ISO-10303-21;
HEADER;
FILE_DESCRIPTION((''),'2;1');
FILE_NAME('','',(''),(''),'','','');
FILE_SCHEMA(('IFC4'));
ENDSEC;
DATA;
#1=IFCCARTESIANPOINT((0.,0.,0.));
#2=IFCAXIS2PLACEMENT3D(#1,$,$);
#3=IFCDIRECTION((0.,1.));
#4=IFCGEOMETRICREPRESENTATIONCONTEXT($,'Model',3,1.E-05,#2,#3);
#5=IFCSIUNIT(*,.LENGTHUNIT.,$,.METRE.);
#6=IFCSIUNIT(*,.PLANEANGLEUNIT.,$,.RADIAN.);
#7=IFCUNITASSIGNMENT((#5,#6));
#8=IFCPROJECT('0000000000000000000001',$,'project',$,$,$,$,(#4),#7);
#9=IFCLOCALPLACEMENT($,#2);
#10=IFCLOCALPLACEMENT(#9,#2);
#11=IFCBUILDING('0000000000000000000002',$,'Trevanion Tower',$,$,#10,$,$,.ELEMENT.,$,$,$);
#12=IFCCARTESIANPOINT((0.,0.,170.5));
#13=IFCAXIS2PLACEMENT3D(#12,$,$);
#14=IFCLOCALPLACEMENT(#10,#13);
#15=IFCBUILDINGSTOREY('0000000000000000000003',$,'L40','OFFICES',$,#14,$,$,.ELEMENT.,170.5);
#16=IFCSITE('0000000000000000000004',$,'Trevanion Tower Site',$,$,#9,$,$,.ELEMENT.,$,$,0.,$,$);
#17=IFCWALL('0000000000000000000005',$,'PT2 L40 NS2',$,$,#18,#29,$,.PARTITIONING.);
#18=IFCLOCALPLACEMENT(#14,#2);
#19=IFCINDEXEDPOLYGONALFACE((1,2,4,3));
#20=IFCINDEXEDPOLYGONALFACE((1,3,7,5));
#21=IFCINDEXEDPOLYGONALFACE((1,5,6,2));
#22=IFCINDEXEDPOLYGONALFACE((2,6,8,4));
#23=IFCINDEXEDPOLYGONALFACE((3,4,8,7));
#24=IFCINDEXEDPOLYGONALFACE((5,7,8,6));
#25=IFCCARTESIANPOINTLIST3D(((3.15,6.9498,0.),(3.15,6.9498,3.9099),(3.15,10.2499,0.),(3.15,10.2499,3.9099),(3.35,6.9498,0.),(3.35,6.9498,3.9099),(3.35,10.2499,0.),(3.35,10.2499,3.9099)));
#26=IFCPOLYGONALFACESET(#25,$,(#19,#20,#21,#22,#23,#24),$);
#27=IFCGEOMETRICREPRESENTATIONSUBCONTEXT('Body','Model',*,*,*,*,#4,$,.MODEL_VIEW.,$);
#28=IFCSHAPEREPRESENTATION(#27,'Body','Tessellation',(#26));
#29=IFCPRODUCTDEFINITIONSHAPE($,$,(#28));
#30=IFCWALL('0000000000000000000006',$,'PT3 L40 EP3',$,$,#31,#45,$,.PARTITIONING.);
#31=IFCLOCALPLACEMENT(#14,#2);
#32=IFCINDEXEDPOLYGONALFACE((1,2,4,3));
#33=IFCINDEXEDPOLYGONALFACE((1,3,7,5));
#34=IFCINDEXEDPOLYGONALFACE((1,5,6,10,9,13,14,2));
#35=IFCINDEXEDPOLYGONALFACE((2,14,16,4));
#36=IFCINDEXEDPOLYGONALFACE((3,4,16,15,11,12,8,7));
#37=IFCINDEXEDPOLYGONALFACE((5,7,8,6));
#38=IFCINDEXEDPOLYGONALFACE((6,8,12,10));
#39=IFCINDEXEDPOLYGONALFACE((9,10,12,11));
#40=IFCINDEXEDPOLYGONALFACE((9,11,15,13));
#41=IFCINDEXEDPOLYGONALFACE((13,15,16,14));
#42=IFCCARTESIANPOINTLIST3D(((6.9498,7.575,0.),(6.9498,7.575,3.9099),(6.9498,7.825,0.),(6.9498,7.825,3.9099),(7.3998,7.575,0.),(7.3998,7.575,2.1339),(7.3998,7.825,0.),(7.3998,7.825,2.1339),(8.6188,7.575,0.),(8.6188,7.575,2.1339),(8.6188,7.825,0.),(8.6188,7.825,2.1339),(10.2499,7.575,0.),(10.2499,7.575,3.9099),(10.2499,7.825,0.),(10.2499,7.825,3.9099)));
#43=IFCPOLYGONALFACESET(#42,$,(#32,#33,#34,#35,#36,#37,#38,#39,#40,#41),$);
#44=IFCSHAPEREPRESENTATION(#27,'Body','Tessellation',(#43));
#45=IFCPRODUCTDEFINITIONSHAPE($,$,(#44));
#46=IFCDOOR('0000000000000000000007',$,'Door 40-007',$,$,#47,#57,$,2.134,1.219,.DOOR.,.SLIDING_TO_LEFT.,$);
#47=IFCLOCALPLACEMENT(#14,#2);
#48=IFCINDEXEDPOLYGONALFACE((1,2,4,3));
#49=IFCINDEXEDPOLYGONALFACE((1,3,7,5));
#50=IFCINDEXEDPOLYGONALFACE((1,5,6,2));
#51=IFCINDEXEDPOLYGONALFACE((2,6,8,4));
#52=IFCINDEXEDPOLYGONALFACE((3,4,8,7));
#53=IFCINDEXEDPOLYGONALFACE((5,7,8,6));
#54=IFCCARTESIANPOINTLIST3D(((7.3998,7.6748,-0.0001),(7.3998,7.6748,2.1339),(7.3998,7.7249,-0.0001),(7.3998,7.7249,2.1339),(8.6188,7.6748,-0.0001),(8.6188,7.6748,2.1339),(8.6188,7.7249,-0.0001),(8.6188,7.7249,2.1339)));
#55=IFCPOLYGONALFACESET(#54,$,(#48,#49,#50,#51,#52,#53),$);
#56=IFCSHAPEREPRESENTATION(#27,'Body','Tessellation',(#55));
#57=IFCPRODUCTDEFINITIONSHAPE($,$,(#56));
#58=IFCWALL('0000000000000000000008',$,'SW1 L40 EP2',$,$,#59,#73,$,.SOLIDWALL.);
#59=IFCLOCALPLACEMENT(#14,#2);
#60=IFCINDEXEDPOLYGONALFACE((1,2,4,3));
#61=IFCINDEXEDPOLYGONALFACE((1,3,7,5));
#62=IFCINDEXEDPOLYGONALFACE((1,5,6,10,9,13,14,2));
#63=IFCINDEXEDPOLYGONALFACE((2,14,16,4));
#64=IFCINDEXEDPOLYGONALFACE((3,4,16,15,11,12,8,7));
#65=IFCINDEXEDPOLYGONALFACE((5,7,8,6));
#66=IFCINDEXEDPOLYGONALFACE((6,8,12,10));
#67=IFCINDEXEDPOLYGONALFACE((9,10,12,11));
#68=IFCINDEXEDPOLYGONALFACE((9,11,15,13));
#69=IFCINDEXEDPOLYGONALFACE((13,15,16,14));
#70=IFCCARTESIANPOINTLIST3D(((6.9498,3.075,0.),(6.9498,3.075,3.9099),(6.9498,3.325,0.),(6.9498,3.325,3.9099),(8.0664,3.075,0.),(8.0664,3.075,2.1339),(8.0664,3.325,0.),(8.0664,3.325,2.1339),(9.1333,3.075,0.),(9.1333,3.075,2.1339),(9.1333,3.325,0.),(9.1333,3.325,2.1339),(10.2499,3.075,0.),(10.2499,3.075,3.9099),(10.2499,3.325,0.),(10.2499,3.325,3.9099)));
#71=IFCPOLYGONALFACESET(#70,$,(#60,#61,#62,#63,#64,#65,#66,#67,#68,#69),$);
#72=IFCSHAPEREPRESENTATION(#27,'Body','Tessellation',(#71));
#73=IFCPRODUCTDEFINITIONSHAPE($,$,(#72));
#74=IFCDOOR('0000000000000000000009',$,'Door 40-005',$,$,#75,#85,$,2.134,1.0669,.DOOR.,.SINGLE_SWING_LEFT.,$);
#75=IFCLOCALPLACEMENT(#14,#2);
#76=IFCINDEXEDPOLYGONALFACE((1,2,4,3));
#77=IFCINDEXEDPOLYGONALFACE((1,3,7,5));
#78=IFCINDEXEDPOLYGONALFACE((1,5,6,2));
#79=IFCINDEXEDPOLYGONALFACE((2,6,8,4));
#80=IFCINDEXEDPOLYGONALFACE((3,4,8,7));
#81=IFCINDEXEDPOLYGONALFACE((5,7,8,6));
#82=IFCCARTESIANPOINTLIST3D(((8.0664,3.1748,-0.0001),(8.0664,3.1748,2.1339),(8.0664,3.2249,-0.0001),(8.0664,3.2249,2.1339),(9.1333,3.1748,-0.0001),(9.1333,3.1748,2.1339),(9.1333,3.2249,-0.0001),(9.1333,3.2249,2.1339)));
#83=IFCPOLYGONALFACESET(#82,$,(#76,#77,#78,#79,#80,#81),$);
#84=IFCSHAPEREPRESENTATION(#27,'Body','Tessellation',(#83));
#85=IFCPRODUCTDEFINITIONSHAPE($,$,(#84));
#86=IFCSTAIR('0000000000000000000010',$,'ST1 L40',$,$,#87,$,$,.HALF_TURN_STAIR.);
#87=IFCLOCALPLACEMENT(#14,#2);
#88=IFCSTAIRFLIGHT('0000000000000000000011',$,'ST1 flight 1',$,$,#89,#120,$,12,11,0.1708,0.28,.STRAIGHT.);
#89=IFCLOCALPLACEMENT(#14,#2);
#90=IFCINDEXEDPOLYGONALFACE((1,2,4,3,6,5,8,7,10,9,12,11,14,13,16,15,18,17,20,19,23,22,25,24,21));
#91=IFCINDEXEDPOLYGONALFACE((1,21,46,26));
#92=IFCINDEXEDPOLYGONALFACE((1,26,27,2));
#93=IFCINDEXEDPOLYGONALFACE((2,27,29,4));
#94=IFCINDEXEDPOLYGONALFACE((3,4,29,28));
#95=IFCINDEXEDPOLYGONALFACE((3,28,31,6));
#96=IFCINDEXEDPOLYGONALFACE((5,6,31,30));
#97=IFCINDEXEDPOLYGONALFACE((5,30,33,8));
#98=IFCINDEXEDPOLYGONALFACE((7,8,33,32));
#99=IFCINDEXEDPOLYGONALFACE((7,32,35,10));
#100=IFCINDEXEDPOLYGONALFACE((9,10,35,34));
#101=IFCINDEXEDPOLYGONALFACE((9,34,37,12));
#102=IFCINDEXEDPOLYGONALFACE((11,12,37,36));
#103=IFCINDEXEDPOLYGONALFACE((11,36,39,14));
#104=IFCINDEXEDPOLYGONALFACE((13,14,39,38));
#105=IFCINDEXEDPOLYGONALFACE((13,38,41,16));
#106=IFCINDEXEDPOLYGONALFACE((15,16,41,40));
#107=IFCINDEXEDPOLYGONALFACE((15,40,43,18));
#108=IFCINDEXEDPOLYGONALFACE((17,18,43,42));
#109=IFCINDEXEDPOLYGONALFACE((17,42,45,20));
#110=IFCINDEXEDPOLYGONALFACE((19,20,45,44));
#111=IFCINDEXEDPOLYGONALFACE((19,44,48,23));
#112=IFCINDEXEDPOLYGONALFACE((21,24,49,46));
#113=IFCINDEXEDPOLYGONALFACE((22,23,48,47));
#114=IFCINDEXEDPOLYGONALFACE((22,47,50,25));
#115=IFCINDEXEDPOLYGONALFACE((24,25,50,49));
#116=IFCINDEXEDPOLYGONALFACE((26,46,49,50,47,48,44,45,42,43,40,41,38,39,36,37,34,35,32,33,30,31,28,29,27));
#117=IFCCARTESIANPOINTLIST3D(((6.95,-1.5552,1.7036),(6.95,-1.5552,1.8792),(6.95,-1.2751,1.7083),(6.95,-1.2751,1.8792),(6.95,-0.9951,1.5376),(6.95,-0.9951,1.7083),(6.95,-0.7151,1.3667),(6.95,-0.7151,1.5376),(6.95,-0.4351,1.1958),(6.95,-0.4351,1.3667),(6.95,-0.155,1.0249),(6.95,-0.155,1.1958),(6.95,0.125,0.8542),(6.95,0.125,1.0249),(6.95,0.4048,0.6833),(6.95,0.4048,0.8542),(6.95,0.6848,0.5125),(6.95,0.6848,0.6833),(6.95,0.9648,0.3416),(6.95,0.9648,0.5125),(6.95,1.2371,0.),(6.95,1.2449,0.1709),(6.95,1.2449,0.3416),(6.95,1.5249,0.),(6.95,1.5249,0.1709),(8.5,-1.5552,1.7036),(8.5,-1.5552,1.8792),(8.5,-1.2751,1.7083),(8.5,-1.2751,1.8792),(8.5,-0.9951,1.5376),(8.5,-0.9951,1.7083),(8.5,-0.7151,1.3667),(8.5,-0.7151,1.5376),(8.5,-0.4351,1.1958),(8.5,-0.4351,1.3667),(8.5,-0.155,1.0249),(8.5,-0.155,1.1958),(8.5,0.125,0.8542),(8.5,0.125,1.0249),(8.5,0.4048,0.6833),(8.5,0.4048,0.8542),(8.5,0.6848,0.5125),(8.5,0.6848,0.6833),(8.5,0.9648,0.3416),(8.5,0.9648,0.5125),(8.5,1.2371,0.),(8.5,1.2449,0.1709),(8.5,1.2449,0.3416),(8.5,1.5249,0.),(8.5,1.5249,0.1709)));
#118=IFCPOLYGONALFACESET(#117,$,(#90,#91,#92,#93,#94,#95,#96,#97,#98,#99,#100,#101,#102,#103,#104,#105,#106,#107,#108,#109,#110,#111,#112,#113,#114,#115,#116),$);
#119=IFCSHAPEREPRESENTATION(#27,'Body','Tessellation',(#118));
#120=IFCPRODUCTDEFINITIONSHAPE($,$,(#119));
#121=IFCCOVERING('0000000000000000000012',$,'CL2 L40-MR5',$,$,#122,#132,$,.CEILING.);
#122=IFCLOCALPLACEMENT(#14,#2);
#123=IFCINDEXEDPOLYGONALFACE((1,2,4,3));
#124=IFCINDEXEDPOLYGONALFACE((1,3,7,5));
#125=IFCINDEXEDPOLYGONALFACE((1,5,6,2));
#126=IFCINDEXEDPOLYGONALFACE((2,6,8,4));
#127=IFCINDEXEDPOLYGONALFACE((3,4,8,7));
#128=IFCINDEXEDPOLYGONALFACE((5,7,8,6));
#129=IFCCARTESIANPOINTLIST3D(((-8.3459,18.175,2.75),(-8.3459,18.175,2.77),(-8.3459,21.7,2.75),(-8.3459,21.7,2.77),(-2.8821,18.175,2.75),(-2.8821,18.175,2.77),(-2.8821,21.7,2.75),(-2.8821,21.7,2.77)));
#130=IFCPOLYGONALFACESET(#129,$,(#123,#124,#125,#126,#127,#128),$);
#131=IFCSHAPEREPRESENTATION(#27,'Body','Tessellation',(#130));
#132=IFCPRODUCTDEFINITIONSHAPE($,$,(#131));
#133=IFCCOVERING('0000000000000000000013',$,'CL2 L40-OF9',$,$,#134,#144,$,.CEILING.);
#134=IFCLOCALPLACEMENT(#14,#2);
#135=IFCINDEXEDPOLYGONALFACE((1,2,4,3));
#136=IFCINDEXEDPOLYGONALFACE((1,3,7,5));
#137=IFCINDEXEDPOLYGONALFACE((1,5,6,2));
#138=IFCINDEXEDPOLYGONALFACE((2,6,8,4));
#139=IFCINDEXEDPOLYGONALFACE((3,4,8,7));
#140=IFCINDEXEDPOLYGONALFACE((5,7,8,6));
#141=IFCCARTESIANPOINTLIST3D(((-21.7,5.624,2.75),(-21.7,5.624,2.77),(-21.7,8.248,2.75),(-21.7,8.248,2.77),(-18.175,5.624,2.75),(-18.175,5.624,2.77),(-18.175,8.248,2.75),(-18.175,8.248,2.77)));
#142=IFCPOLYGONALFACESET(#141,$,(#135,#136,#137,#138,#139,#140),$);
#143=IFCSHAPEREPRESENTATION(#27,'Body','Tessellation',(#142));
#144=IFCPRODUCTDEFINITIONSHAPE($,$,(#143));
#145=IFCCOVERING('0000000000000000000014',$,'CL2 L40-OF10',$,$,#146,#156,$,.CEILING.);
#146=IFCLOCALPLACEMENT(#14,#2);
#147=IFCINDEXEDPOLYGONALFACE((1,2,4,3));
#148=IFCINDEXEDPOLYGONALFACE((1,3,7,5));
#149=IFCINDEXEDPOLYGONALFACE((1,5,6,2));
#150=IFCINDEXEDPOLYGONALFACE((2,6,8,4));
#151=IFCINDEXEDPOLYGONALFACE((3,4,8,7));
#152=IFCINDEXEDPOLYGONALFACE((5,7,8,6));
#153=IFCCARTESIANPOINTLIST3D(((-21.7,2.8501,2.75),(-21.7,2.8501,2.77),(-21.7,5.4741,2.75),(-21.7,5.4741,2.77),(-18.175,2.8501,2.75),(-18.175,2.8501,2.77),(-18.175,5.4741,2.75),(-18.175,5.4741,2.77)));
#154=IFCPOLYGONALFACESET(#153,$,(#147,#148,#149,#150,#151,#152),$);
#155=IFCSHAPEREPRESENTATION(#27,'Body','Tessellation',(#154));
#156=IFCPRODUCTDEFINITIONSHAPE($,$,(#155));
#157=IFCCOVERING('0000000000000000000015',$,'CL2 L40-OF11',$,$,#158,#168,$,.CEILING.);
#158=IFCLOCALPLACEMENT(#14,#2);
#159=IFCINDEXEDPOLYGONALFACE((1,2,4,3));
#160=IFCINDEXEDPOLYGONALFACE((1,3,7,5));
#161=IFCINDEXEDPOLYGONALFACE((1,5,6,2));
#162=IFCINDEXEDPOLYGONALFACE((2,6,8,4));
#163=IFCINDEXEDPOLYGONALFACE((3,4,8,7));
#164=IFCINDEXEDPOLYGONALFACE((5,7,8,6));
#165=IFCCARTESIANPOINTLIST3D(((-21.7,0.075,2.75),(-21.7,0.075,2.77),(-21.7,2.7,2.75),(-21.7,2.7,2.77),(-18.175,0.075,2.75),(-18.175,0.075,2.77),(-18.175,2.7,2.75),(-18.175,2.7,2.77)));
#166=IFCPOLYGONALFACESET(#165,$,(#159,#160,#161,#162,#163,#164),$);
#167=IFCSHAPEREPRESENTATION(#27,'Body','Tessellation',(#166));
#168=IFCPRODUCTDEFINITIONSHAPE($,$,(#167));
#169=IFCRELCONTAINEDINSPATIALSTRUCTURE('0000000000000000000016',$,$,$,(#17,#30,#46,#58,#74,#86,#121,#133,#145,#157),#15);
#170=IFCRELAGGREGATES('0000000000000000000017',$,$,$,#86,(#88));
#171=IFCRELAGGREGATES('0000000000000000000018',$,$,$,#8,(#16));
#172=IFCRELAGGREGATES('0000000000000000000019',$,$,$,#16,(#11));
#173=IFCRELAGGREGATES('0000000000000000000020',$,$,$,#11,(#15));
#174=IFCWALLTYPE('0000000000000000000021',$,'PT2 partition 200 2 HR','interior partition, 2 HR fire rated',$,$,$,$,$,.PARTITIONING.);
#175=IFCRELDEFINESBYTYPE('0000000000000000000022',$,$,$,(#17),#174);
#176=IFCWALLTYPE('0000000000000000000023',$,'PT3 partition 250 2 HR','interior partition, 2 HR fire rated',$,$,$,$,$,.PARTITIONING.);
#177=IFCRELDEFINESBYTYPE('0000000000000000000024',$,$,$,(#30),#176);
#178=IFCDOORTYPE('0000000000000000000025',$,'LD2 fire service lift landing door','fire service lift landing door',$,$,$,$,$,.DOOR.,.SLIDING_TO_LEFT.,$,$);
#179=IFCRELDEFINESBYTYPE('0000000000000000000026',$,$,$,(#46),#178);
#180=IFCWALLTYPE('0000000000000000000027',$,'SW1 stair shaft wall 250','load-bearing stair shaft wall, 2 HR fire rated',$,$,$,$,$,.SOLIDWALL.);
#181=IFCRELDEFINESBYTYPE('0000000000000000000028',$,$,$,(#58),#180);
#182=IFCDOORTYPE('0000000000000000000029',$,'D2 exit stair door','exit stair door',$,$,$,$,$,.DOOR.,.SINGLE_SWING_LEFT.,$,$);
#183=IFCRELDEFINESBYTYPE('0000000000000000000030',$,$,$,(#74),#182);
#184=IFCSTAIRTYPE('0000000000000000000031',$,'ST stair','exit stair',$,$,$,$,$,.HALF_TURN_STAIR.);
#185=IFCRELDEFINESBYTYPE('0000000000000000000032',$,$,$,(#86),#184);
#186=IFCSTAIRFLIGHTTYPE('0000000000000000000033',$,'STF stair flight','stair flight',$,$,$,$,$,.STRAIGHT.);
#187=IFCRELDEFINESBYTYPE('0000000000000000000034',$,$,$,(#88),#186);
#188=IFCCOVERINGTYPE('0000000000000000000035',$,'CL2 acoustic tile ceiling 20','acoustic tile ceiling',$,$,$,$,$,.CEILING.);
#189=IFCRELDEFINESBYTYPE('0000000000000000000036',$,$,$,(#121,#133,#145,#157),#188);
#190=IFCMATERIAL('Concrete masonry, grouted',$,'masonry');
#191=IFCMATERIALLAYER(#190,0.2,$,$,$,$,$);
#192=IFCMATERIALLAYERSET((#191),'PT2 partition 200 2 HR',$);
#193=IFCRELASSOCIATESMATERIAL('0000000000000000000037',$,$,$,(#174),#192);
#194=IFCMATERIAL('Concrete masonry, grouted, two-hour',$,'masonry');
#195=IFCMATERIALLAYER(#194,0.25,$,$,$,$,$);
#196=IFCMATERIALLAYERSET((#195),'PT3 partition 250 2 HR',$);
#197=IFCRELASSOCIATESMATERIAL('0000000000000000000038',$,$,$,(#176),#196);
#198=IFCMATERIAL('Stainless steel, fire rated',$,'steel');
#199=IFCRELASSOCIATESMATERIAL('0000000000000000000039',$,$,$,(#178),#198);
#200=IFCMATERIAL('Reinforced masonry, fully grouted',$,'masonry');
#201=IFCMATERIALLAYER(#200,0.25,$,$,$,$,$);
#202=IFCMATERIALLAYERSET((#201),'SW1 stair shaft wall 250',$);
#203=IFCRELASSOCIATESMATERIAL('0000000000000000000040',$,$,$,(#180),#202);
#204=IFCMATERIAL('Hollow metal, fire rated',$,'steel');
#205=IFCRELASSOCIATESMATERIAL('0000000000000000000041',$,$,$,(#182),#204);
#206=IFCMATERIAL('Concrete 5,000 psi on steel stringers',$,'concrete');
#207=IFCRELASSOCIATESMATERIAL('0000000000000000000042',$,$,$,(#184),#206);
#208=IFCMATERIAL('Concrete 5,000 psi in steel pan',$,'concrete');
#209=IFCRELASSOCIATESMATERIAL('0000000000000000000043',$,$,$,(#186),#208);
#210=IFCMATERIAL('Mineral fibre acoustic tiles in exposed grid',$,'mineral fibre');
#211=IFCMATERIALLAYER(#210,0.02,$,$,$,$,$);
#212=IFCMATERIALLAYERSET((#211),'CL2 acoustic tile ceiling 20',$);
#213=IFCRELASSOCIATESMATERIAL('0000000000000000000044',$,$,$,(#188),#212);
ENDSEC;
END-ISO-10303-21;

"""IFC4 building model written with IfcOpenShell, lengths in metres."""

from ifc_helpers import new_model, si_unit, direction, frame, frame_2d, origin, place, context, subcontext, project, spatial, polyline, rectangle, outline, extrude, material, layer, layer_set, type_object, element, fill, aggregate, save


model = new_model("IFC4")

# Units and contexts
model_context = context("Model", 3, precision=1e-05, world=origin(), true_north=direction((0.0, 1.0)))
body_context = subcontext(model_context, "Body", "Model", "MODEL_VIEW")
ifc_project = project(units=[si_unit("LENGTHUNIT", "METRE"), si_unit("PLANEANGLEUNIT", "RADIAN")], contexts=[model_context])

# Site, building, storey
site_placement = place(None, origin())
site = spatial("IfcSite", under=ifc_project, at=site_placement, Name="Trevanion Tower Site", CompositionType="ELEMENT", RefElevation=0.0)
building_placement = place(site_placement, origin())
building = spatial("IfcBuilding", under=site, at=building_placement, Name="Trevanion Tower", CompositionType="ELEMENT")
storey_placement = place(building_placement, frame((0.0, 0.0, 170.5)))
storey = spatial("IfcBuildingStorey", under=building, at=storey_placement, Name="L40", Description="OFFICES", CompositionType="ELEMENT", Elevation=170.5)

# Wall
ifc_material_1 = material(Name="Concrete masonry, grouted", Category="masonry")
ifc_layer_1 = layer(ifc_material_1, 0.2)
ifc_layer_set_1 = layer_set([ifc_layer_1], Name="PT2 partition 200 2 HR")
wall_type_1 = type_object("IfcWallType", Name="PT2 partition 200 2 HR", Description="interior partition, 2 HR fire rated", PredefinedType="PARTITIONING", material=ifc_layer_set_1)
wall_1_placement = place(storey_placement, frame((3.25, 6.95, 0.0), z_axis=(0.0, 0.0, 1.0), x_axis=(0.0, 1.0, 0.0)))
element("IfcWall", 1, at=wall_1_placement, inside=storey, type_object=wall_type_1, Name="PT2 L40 NS2", PredefinedType="PARTITIONING", context=body_context, shape_type="SweptSolid", body=[
    extrude(rectangle(XDim=3.3, YDim=0.2, at=frame_2d((1.6499, 0.0))), origin(), (0.0, 0.0, 1.0), 3.9099),
])

# Walls, openings, doors
ifc_material_2 = material(Name="Concrete masonry, grouted, two-hour", Category="masonry")
ifc_layer_2 = layer(ifc_material_2, 0.25)
ifc_layer_set_2 = layer_set([ifc_layer_2], Name="PT3 partition 250 2 HR")
wall_type_2 = type_object("IfcWallType", Name="PT3 partition 250 2 HR", Description="interior partition, 2 HR fire rated", PredefinedType="PARTITIONING", material=ifc_layer_set_2)
wall_2_placement = place(storey_placement, frame((6.95, 7.7, 0.0), z_axis=(0.0, 0.0, 1.0), x_axis=(1.0, 0.0, 0.0)))
wall_2 = element("IfcWall", 2, at=wall_2_placement, inside=storey, type_object=wall_type_2, Name="PT3 L40 EP3", PredefinedType="PARTITIONING", context=body_context, shape_type="SweptSolid", body=[
    extrude(rectangle(XDim=3.3, YDim=0.25, at=frame_2d((1.6499, 0.0))), origin(), (0.0, 0.0, 1.0), 3.9099),
])
opening_1_placement = place(wall_2_placement, frame((0.45, 0.0, 0.0)))
opening_1 = element("IfcOpeningElement", 3, at=opening_1_placement, cuts=wall_2, PredefinedType="OPENING", context=body_context, shape_type="SweptSolid", body=[
    extrude(rectangle(XDim=1.219, YDim=2.134, at=frame_2d((0.6094, 1.0669))), frame((0.0, 0.135, 0.0), z_axis=(0.0, -1.0, 0.0), x_axis=(1.0, 0.0, 0.0)), (0.0, 0.0, 1.0), 0.27),
])
ifc_material_3 = material(Name="Stainless steel, fire rated", Category="steel")
door_type_1 = type_object("IfcDoorType", Name="LD2 fire service lift landing door", Description="fire service lift landing door", OperationType="SLIDING_TO_LEFT", PredefinedType="DOOR", material=ifc_material_3)
door_1_placement = place(opening_1_placement, origin())
door_1 = element("IfcDoor", 4, at=door_1_placement, inside=storey, type_object=door_type_1, Name="Door 40-007", OperationType="SLIDING_TO_LEFT", OverallHeight=2.134, OverallWidth=1.219, PredefinedType="DOOR", context=body_context, shape_type="SweptSolid", body=[
    extrude(rectangle(XDim=1.219, YDim=2.134, at=frame_2d((0.6094, 1.0669))), frame((0.0, 0.0249, 0.0), z_axis=(0.0, -1.0, 0.0), x_axis=(1.0, 0.0, 0.0)), (0.0, 0.0, 1.0), 0.05),
])
fill(opening_1, door_1)
ifc_material_4 = material(Name="Reinforced masonry, fully grouted", Category="masonry")
ifc_layer_3 = layer(ifc_material_4, 0.25)
ifc_layer_set_3 = layer_set([ifc_layer_3], Name="SW1 stair shaft wall 250")
wall_type_3 = type_object("IfcWallType", Name="SW1 stair shaft wall 250", Description="load-bearing stair shaft wall, 2 HR fire rated", PredefinedType="SOLIDWALL", material=ifc_layer_set_3)
wall_3_placement = place(storey_placement, frame((6.95, 3.2, 0.0), z_axis=(0.0, 0.0, 1.0), x_axis=(1.0, 0.0, 0.0)))
wall_3 = element("IfcWall", 5, at=wall_3_placement, inside=storey, type_object=wall_type_3, Name="SW1 L40 EP2", PredefinedType="SOLIDWALL", context=body_context, shape_type="SweptSolid", body=[
    extrude(rectangle(XDim=3.3, YDim=0.25, at=frame_2d((1.6499, 0.0))), origin(), (0.0, 0.0, 1.0), 3.9099),
])
opening_2_placement = place(wall_3_placement, frame((1.1165, 0.0, 0.0)))
opening_2 = element("IfcOpeningElement", 6, at=opening_2_placement, cuts=wall_3, PredefinedType="OPENING", context=body_context, shape_type="SweptSolid", body=[
    extrude(rectangle(XDim=1.0669, YDim=2.134, at=frame_2d((0.5334, 1.0669))), frame((0.0, 0.135, 0.0), z_axis=(0.0, -1.0, 0.0), x_axis=(1.0, 0.0, 0.0)), (0.0, 0.0, 1.0), 0.27),
])
ifc_material_5 = material(Name="Hollow metal, fire rated", Category="steel")
door_type_2 = type_object("IfcDoorType", Name="D2 exit stair door", Description="exit stair door", OperationType="SINGLE_SWING_LEFT", PredefinedType="DOOR", material=ifc_material_5)
door_2_placement = place(opening_2_placement, origin())
door_2 = element("IfcDoor", 7, at=door_2_placement, inside=storey, type_object=door_type_2, Name="Door 40-005", OperationType="SINGLE_SWING_LEFT", OverallHeight=2.134, OverallWidth=1.0669, PredefinedType="DOOR", context=body_context, shape_type="SweptSolid", body=[
    extrude(rectangle(XDim=1.0669, YDim=2.134, at=frame_2d((0.5334, 1.0669))), frame((0.0, 0.0249, 0.0), z_axis=(0.0, -1.0, 0.0), x_axis=(1.0, 0.0, 0.0)), (0.0, 0.0, 1.0), 0.05),
])
fill(opening_2, door_2)

# Stair, stair flight
ifc_material_6 = material(Name="Concrete 5,000 psi on steel stringers", Category="concrete")
stair_type = type_object("IfcStairType", Name="ST stair", Description="exit stair", PredefinedType="HALF_TURN_STAIR", material=ifc_material_6)
stair_placement = place(storey_placement, origin())
stair = element("IfcStair", 8, at=stair_placement, inside=storey, type_object=stair_type, Name="ST1 L40", PredefinedType="HALF_TURN_STAIR")
ifc_material_7 = material(Name="Concrete 5,000 psi in steel pan", Category="concrete")
stair_flight_type = type_object("IfcStairFlightType", Name="STF stair flight", Description="stair flight", PredefinedType="STRAIGHT", material=ifc_material_7)
stair_flight_placement = place(storey_placement, frame((7.7251, 1.5249, 0.0), z_axis=(0.0, 0.0, 1.0), x_axis=(0.0, -1.0, 0.0)))
stair_flight = element("IfcStairFlight", 9, at=stair_flight_placement, type_object=stair_flight_type, Name="ST1 flight 1", NumberOfRisers=12, NumberOfTreads=11, PredefinedType="STRAIGHT", RiserHeight=0.1708, TreadLength=0.28, context=body_context, shape_type="SweptSolid", body=[
    extrude(outline(polyline([(0.0, 0.0), (0.0, 0.1709), (0.28, 0.1709), (0.28, 0.3416), (0.5601, 0.3416), (0.5601, 0.5125), (0.8401, 0.5125), (0.8401, 0.6833), (1.1201, 0.6833), (1.1201, 0.8542), (1.3999, 0.8542), (1.3999, 1.0249), (1.6799, 1.0249), (1.6799, 1.1958), (1.96, 1.1958), (1.96, 1.3667), (2.24, 1.3667), (2.24, 1.5376), (2.52, 1.5376), (2.52, 1.7083), (2.8, 1.7083), (2.8, 1.8792), (3.0801, 1.8792), (3.0801, 2.05), (3.0801, 1.7036), (0.2878, 0.0), (0.0, 0.0)])), frame((0.0, 0.7749, 0.0), z_axis=(0.0, -1.0, 0.0), x_axis=(1.0, 0.0, 0.0)), (0.0, 0.0, 1.0), 1.55),
])
aggregate(stair, [stair_flight])

# Coverings
ifc_material_8 = material(Name="Mineral fibre acoustic tiles in exposed grid", Category="mineral fibre")
ifc_layer_4 = layer(ifc_material_8, 0.02)
ifc_layer_set_4 = layer_set([ifc_layer_4], Name="CL2 acoustic tile ceiling 20")
covering_type_1 = type_object("IfcCoveringType", Name="CL2 acoustic tile ceiling 20", Description="acoustic tile ceiling", PredefinedType="CEILING", material=ifc_layer_set_4)
covering_1_placement = place(storey_placement, frame((0.0, 0.0, 2.75)))
element("IfcCovering", 10, at=covering_1_placement, inside=storey, type_object=covering_type_1, Name="CL2 L40-MR5", PredefinedType="CEILING", context=body_context, shape_type="SweptSolid", body=[
    extrude(outline(polyline([(-2.8821, 18.175), (-8.3459, 18.175), (-8.3459, 21.7), (-2.8821, 21.7), (-2.8821, 18.175)])), origin(), (0.0, 0.0, 1.0), 0.02),
])
covering_2_placement = place(storey_placement, frame((0.0, 0.0, 2.75)))
element("IfcCovering", 11, at=covering_2_placement, inside=storey, type_object=covering_type_1, Name="CL2 L40-OF9", PredefinedType="CEILING", context=body_context, shape_type="SweptSolid", body=[
    extrude(outline(polyline([(-18.175, 8.248), (-18.175, 5.624), (-21.7, 5.624), (-21.7, 8.248), (-18.175, 8.248)])), origin(), (0.0, 0.0, 1.0), 0.02),
])
covering_3_placement = place(storey_placement, frame((0.0, 0.0, 2.75)))
element("IfcCovering", 12, at=covering_3_placement, inside=storey, type_object=covering_type_1, Name="CL2 L40-OF10", PredefinedType="CEILING", context=body_context, shape_type="SweptSolid", body=[
    extrude(outline(polyline([(-18.175, 5.4741), (-18.175, 2.8501), (-21.7, 2.8501), (-21.7, 5.4741), (-18.175, 5.4741)])), origin(), (0.0, 0.0, 1.0), 0.02),
])
covering_4_placement = place(storey_placement, frame((0.0, 0.0, 2.75)))
element("IfcCovering", 13, at=covering_4_placement, inside=storey, type_object=covering_type_1, Name="CL2 L40-OF11", PredefinedType="CEILING", context=body_context, shape_type="SweptSolid", body=[
    extrude(outline(polyline([(-18.175, 2.7), (-18.175, 0.075), (-21.7, 0.075), (-21.7, 2.7), (-18.175, 2.7)])), origin(), (0.0, 0.0, 1.0), 0.02),
])

save(model, "model.ifc")
